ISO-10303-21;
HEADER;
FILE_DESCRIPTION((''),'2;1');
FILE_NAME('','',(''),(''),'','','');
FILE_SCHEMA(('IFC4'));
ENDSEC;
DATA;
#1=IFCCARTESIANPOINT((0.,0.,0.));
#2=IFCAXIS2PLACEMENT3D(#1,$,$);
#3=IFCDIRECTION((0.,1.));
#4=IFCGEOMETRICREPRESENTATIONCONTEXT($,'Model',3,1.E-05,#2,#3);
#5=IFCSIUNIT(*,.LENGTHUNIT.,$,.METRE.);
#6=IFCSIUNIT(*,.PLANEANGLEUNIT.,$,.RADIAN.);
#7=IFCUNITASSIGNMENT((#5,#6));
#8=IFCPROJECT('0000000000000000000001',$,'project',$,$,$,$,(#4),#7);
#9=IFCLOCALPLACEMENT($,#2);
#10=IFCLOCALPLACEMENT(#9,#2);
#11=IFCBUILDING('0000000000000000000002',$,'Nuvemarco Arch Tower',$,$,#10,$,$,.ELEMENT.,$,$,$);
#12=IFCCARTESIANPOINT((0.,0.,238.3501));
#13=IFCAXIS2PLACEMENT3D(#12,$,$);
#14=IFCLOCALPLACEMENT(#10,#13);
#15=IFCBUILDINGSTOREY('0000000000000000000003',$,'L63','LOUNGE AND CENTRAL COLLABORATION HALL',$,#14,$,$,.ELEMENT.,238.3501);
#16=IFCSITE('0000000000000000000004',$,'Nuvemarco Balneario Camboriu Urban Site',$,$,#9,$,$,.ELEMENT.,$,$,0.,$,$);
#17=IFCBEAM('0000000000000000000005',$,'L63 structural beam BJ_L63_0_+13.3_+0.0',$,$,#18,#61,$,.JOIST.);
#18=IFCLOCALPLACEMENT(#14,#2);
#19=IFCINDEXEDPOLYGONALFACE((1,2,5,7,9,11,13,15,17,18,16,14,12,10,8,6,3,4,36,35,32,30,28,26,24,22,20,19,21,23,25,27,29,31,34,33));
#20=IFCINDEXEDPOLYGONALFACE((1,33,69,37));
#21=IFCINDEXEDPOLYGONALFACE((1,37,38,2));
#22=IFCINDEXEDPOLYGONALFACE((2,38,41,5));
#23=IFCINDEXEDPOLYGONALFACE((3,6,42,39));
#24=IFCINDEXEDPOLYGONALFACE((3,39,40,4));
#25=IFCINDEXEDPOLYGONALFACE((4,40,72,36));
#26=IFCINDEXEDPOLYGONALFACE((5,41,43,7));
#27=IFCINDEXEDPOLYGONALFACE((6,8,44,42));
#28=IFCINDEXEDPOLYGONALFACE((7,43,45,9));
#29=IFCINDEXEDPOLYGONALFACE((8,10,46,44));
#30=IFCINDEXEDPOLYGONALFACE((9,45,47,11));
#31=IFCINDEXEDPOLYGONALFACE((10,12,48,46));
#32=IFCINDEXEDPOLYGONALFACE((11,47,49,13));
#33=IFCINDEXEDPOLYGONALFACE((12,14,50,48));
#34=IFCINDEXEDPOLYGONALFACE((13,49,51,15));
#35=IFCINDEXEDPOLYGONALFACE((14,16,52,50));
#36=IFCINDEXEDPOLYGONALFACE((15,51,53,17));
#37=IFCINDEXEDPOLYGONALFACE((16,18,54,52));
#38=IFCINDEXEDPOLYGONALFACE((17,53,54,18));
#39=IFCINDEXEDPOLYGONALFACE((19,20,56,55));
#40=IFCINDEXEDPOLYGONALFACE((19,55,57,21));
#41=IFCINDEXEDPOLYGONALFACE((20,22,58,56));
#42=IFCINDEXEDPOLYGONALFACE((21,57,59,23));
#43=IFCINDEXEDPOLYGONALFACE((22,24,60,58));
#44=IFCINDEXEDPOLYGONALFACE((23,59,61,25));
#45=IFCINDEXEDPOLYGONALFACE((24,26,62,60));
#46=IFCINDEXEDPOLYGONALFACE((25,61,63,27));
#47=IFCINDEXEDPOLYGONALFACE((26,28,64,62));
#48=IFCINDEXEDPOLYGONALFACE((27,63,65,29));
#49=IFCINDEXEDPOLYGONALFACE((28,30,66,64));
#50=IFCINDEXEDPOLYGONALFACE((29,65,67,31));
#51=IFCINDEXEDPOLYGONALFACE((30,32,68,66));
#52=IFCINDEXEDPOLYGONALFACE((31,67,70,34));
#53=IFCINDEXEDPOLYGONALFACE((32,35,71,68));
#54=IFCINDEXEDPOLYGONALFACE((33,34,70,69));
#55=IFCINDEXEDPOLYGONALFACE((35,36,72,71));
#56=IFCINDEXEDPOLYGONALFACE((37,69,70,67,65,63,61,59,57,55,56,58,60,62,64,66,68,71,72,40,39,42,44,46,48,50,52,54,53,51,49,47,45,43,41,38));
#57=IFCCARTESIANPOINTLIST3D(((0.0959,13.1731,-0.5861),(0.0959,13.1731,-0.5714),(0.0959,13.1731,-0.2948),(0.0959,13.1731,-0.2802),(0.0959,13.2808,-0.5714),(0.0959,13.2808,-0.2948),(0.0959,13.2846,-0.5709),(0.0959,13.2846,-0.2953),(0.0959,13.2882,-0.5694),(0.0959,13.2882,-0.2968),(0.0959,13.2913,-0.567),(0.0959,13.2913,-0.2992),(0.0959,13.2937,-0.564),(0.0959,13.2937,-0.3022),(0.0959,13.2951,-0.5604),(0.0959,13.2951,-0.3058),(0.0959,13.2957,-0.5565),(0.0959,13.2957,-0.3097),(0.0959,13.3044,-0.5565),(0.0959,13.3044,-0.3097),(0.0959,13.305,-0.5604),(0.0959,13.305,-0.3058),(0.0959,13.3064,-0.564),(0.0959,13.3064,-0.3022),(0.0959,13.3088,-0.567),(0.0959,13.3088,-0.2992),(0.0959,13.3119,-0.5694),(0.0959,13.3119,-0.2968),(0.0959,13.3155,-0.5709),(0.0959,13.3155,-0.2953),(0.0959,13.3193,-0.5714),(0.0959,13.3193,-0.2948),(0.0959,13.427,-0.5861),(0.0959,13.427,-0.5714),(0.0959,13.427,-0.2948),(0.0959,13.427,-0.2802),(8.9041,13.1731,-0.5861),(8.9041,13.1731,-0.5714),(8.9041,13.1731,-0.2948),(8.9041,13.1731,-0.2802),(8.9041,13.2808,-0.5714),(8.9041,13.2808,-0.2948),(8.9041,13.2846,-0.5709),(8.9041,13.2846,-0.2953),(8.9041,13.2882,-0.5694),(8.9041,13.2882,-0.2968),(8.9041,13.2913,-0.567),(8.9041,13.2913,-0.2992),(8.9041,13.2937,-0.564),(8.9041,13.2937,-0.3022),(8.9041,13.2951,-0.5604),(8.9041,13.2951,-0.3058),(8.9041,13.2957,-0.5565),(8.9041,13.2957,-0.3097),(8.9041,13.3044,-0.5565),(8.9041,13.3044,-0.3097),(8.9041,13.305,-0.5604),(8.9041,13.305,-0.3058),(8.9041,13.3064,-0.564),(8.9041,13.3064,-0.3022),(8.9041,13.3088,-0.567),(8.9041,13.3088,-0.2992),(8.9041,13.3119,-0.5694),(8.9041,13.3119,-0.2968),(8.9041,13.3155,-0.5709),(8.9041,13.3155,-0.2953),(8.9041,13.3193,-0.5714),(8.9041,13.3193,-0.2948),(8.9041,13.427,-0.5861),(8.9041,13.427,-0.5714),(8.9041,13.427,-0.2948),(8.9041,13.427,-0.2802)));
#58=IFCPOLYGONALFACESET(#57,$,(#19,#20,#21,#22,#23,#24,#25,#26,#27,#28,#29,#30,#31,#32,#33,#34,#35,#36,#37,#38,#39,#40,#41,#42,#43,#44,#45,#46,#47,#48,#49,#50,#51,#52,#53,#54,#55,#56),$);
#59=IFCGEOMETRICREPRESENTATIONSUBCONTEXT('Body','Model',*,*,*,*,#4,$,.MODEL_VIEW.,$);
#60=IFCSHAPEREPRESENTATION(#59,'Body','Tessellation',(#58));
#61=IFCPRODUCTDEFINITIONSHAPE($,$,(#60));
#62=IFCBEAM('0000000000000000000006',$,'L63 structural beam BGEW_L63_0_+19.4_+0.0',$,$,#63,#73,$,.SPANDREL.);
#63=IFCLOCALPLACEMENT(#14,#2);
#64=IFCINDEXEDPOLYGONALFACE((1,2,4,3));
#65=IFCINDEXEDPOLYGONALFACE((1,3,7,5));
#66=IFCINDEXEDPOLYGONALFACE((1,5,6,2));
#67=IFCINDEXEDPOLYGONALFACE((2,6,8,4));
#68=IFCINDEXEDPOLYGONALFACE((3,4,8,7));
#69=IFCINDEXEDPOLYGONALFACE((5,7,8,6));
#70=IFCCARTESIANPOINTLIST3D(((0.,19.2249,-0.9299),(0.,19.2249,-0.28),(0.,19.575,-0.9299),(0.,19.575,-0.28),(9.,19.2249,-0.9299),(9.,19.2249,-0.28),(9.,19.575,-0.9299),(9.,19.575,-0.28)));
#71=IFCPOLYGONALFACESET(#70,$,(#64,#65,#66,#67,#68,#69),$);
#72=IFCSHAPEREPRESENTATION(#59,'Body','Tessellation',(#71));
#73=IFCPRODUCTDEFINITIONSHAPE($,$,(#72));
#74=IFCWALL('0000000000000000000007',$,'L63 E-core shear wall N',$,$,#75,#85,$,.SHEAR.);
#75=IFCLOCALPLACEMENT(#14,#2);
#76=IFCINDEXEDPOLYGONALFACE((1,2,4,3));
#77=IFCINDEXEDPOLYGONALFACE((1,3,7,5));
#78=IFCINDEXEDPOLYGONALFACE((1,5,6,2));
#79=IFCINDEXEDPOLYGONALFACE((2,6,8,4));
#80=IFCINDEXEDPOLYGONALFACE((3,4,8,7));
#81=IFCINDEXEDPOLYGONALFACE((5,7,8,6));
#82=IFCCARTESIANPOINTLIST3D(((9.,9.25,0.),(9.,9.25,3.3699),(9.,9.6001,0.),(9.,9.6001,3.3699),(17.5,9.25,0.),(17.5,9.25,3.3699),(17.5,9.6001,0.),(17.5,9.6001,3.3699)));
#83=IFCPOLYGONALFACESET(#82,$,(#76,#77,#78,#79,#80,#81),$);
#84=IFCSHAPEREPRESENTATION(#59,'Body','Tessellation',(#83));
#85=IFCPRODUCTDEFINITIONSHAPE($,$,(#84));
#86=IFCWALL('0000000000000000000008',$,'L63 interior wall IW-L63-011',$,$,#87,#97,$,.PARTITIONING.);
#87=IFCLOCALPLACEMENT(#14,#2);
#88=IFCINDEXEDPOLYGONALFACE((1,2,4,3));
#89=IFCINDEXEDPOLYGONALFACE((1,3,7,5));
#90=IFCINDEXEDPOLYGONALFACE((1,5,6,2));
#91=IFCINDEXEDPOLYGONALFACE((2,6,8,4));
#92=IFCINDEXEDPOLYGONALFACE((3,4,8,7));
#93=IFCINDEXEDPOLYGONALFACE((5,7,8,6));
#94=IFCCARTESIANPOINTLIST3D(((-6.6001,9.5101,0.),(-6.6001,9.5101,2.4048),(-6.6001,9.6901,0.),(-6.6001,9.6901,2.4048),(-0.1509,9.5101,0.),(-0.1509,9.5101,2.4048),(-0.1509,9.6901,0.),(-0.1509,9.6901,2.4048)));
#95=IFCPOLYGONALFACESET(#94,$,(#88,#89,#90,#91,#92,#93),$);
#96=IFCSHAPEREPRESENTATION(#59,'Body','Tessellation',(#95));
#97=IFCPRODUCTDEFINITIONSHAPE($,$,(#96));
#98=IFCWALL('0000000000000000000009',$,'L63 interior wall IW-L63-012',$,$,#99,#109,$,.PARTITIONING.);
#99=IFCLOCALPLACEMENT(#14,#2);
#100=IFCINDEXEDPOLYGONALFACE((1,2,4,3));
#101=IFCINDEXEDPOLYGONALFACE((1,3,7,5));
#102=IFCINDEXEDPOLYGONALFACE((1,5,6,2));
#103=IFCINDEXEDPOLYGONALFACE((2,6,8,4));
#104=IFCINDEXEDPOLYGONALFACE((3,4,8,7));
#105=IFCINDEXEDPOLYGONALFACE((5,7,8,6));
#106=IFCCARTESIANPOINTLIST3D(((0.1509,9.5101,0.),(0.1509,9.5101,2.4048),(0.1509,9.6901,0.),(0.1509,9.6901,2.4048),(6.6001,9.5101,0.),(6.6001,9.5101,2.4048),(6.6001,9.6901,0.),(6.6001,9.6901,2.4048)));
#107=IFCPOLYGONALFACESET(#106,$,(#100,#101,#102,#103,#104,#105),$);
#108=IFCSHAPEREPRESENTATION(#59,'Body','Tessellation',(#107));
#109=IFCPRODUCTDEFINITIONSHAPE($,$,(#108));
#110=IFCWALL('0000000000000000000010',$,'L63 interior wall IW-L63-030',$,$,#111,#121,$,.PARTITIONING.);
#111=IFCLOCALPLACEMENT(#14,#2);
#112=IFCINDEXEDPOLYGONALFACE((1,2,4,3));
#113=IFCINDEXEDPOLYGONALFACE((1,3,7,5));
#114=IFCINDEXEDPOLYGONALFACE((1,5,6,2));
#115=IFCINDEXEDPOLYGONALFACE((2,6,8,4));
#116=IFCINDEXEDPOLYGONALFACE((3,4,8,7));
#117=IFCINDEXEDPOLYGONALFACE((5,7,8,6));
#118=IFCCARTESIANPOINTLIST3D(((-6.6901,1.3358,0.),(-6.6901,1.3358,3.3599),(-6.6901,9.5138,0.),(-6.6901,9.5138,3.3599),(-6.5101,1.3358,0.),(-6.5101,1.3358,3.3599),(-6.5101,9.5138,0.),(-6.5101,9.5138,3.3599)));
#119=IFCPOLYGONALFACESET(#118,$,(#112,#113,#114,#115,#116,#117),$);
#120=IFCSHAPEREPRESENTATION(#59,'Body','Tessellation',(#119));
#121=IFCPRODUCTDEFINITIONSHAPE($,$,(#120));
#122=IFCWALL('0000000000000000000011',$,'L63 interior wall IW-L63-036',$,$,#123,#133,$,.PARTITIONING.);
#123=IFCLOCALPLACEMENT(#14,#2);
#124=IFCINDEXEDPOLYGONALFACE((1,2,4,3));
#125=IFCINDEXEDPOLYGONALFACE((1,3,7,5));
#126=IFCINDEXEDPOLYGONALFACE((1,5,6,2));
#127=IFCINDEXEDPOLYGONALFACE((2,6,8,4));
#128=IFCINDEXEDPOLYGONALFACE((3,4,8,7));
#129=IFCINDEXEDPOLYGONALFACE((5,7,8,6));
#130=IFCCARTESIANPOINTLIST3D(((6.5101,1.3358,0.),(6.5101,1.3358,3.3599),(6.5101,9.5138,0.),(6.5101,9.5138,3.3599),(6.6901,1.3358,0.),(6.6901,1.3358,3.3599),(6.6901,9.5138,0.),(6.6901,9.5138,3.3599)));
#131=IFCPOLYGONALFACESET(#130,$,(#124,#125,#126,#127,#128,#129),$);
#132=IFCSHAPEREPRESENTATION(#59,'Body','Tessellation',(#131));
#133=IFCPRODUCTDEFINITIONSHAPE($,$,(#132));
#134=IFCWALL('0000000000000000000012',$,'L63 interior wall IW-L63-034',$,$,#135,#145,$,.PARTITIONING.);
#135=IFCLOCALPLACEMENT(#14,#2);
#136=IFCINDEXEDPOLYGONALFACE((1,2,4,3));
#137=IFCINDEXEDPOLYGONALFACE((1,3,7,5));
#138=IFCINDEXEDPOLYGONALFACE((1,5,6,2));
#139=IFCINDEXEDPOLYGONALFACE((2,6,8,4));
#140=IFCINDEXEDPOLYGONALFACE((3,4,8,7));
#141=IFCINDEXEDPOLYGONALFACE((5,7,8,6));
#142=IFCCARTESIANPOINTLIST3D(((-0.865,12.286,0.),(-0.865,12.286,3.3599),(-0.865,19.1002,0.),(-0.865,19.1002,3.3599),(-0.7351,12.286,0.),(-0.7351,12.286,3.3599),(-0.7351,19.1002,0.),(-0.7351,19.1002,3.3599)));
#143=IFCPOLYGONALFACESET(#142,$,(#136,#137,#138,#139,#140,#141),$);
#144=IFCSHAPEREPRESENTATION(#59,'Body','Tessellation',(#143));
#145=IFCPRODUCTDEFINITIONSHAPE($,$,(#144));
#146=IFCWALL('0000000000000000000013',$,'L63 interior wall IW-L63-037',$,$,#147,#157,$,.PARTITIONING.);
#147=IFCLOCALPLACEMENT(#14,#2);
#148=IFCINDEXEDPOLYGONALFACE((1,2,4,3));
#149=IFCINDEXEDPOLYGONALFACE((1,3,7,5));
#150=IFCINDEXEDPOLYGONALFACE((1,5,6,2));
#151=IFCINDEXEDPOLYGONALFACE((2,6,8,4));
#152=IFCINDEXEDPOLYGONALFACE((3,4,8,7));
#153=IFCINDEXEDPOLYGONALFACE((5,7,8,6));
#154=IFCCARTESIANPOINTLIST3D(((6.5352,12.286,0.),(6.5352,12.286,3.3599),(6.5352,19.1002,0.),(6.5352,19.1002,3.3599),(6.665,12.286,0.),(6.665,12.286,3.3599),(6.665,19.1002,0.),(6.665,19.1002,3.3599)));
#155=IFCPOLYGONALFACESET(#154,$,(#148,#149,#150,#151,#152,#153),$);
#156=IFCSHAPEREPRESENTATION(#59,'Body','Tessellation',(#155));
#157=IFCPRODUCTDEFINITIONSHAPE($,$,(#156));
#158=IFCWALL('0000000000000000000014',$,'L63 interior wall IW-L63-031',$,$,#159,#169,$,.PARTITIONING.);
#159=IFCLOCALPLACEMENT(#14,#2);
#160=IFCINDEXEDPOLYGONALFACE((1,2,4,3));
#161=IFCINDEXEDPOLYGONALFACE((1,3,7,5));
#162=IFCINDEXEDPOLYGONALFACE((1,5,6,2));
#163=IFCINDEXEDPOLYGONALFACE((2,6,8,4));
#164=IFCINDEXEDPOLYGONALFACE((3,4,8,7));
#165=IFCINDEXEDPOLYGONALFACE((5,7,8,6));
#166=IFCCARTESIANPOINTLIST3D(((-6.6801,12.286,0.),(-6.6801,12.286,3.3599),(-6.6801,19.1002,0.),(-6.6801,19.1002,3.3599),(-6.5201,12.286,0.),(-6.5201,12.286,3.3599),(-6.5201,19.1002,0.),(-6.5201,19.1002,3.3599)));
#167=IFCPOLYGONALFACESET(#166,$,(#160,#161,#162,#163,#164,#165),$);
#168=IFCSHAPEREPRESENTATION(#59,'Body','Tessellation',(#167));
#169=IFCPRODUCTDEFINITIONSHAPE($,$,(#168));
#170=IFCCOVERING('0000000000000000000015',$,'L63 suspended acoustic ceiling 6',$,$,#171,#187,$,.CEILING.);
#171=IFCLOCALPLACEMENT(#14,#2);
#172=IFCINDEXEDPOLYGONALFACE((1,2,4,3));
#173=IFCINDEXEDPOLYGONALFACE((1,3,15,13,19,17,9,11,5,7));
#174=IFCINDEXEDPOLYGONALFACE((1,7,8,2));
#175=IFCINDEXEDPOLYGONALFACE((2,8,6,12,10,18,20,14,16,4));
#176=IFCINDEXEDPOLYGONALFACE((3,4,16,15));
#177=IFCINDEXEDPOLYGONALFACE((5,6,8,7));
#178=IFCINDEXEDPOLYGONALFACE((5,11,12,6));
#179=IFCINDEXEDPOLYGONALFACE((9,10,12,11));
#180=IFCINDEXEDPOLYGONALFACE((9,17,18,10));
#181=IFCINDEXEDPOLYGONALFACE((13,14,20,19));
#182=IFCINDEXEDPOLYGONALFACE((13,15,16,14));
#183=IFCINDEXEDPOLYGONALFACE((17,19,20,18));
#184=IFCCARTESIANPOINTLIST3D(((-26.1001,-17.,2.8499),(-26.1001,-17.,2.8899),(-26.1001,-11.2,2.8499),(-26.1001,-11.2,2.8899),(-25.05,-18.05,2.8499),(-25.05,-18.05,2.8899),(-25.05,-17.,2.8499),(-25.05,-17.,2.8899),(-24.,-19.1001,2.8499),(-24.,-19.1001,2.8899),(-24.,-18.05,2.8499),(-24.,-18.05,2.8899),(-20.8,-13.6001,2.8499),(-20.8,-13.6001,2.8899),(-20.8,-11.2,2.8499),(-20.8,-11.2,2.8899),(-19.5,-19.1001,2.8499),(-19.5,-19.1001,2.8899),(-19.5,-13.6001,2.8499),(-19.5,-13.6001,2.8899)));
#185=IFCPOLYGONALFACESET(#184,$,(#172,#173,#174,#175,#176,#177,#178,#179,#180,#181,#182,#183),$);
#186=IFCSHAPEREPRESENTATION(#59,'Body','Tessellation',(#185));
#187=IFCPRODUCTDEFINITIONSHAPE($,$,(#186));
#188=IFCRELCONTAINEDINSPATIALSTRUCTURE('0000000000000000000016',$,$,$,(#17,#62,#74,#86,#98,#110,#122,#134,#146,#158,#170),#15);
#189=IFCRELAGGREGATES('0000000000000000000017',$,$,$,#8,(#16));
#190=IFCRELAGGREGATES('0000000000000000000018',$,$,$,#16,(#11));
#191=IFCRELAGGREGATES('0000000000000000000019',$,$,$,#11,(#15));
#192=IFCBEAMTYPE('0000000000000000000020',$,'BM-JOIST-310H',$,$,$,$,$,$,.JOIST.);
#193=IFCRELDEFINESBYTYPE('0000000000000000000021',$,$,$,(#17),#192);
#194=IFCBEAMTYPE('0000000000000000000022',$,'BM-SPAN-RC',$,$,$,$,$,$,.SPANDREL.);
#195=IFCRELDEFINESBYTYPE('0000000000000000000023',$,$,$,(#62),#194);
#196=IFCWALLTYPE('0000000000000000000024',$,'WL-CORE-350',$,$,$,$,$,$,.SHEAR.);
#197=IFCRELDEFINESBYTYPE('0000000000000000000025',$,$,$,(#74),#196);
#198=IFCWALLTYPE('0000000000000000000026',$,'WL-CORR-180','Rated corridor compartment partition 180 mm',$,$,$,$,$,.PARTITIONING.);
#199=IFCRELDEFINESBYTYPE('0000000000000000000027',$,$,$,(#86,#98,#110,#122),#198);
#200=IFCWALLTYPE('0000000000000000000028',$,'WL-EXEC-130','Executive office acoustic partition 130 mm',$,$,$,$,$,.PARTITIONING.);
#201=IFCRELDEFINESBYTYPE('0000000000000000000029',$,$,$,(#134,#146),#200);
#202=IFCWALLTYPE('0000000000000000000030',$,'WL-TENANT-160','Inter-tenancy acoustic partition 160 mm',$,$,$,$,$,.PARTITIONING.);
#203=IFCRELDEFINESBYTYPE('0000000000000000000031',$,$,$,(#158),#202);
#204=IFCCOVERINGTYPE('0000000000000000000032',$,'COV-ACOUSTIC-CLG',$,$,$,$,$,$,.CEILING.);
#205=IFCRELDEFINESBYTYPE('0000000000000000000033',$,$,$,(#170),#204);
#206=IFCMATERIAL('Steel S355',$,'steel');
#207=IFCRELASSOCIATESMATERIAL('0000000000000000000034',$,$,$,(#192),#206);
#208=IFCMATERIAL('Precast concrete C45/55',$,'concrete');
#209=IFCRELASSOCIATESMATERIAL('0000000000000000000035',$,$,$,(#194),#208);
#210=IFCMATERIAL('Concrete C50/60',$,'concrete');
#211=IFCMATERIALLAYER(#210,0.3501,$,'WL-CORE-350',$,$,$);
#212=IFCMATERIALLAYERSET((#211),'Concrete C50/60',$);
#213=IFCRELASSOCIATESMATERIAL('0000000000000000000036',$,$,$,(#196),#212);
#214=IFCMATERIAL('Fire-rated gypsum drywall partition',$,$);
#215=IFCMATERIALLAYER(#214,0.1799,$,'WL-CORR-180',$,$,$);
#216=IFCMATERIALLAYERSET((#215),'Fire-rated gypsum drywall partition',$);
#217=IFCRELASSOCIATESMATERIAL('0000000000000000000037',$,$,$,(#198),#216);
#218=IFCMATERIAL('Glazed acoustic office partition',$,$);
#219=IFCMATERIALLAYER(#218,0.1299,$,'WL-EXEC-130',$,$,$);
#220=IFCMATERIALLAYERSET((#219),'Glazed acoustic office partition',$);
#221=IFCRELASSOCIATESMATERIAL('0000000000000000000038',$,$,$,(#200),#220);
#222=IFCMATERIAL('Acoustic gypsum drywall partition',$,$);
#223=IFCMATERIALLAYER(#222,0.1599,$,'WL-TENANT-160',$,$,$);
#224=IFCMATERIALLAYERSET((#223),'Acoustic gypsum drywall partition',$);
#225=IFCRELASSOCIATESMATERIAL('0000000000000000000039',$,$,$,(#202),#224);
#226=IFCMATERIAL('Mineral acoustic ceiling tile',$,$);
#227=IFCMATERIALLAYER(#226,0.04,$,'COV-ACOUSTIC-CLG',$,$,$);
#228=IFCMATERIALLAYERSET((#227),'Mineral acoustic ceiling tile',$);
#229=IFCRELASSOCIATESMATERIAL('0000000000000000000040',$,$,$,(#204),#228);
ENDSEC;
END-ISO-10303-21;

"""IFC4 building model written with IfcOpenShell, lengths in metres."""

from ifc_helpers import new_model, si_unit, direction, frame, frame_2d, origin, origin_2d, place, context, subcontext, project, spatial, polyline, rectangle, i_section, outline, extrude, material, layer, layer_set, material_profile, profile_set, type_object, element, save


model = new_model("IFC4")

# Units and contexts
model_context = context("Model", 3, precision=1e-05, world=origin(), true_north=direction((0.0, 1.0)))
body_context = subcontext(model_context, "Body", "Model", "MODEL_VIEW")
ifc_project = project(units=[si_unit("LENGTHUNIT", "METRE"), si_unit("PLANEANGLEUNIT", "RADIAN")], contexts=[model_context])

# Site, building, storey
site_placement = place(None, origin())
site = spatial("IfcSite", under=ifc_project, at=site_placement, Name="Nuvemarco Balneario Camboriu Urban Site", CompositionType="ELEMENT", RefElevation=0.0)
building_placement = place(site_placement, origin())
building = spatial("IfcBuilding", under=site, at=building_placement, Name="Nuvemarco Arch Tower", CompositionType="ELEMENT")
storey_placement = place(building_placement, frame((0.0, 0.0, 238.3501)))
storey = spatial("IfcBuildingStorey", under=building, at=storey_placement, Name="L63", Description="LOUNGE AND CENTRAL COLLABORATION HALL", CompositionType="ELEMENT", Elevation=238.3501)

# Shared definitions
ifc_material_1 = material(Name="Concrete C50/60", Category="concrete")
ifc_material_2 = material(Name="Steel S355", Category="steel")

# Beams
ifc_material_profile_1 = material_profile(ifc_material_2, i_section(OverallWidth=0.2539, OverallDepth=0.3059, WebThickness=0.0088, FlangeThickness=0.0146, FilletRadius=0.0149, at=origin_2d()), Name="W310x79")
ifc_profile_set_1 = profile_set([ifc_material_profile_1], Name="Steel S355")
beam_type_1 = type_object("IfcBeamType", Name="BM-JOIST-310H", PredefinedType="JOIST", material=ifc_profile_set_1)
beam_1_placement = place(storey_placement, frame((0.0959, 13.3, -0.4331), z_axis=(1.0, 0.0, 0.0), x_axis=(0.0, 1.0, 0.0)))
element("IfcBeam", 1, at=beam_1_placement, inside=storey, type_object=beam_type_1, Name="L63 structural beam BJ_L63_0_+13.3_+0.0", PredefinedType="JOIST", context=body_context, shape_type="SweptSolid", body=[
    extrude(i_section(OverallWidth=0.2539, OverallDepth=0.3059, WebThickness=0.0088, FlangeThickness=0.0146, FilletRadius=0.0149, at=origin_2d()), origin(), (0.0, 0.0, 1.0), 8.8081),
])
ifc_material_3 = material(Name="Precast concrete C45/55", Category="concrete")
ifc_material_profile_2 = material_profile(ifc_material_3, rectangle(XDim=0.3501, YDim=0.6499, at=origin_2d()), Name="PC-SP-350x650")
ifc_profile_set_2 = profile_set([ifc_material_profile_2], Name="Precast concrete C45/55")
beam_type_2 = type_object("IfcBeamType", Name="BM-SPAN-RC", PredefinedType="SPANDREL", material=ifc_profile_set_2)
beam_2_placement = place(storey_placement, frame((0.0, 19.3999, -0.605), z_axis=(1.0, 0.0, 0.0), x_axis=(0.0, 1.0, 0.0)))
element("IfcBeam", 2, at=beam_2_placement, inside=storey, type_object=beam_type_2, Name="L63 structural beam BGEW_L63_0_+19.4_+0.0", PredefinedType="SPANDREL", context=body_context, shape_type="SweptSolid", body=[
    extrude(rectangle(XDim=0.3501, YDim=0.6499, at=origin_2d()), origin(), (0.0, 0.0, 1.0), 9.0),
])

# Walls
ifc_layer_1 = layer(ifc_material_1, 0.3501, Name="WL-CORE-350")
ifc_layer_set_1 = layer_set([ifc_layer_1], Name="Concrete C50/60")
wall_type_1 = type_object("IfcWallType", Name="WL-CORE-350", PredefinedType="SHEAR", material=ifc_layer_set_1)
wall_1_placement = place(storey_placement, frame((9.0, 9.425, 0.0), z_axis=(0.0, 0.0, 1.0), x_axis=(1.0, 0.0, 0.0)))
element("IfcWall", 3, at=wall_1_placement, inside=storey, type_object=wall_type_1, Name="L63 E-core shear wall N", PredefinedType="SHEAR", context=body_context, shape_type="SweptSolid", body=[
    extrude(rectangle(XDim=8.5, YDim=0.3501, at=frame_2d((4.25, 0.0))), origin(), (0.0, 0.0, 1.0), 3.3699),
])
ifc_material_4 = material(Name="Fire-rated gypsum drywall partition")
ifc_layer_2 = layer(ifc_material_4, 0.1799, Name="WL-CORR-180")
ifc_layer_set_2 = layer_set([ifc_layer_2], Name="Fire-rated gypsum drywall partition")
wall_type_2 = type_object("IfcWallType", Name="WL-CORR-180", Description="Rated corridor compartment partition 180 mm", PredefinedType="PARTITIONING", material=ifc_layer_set_2)
for number, where, z_axis, x_axis, name in (
    (4, (-6.6001, 9.6001, 0.0), (0.0, 0.0, 1.0), (1.0, 0.0, 0.0), "L63 interior wall IW-L63-011"),
    (5, (0.1509, 9.6001, 0.0), (0.0, 0.0, 1.0), (1.0, 0.0, 0.0), "L63 interior wall IW-L63-012"),
):
    element("IfcWall", number, at=place(storey_placement, frame(where, z_axis=z_axis, x_axis=x_axis)), inside=storey, type_object=wall_type_2, Name=name, PredefinedType="PARTITIONING", context=body_context, shape_type="SweptSolid", body=[
        extrude(rectangle(XDim=6.4492, YDim=0.1799, at=frame_2d((3.2246, 0.0))), origin(), (0.0, 0.0, 1.0), 2.4048),
    ])
for number, where, z_axis, x_axis, name in (
    (6, (-6.6001, 1.3359, 0.0), (0.0, 0.0, 1.0), (0.0, 1.0, 0.0), "L63 interior wall IW-L63-030"),
    (7, (6.6001, 1.3359, 0.0), (0.0, 0.0, 1.0), (0.0, 1.0, 0.0), "L63 interior wall IW-L63-036"),
):
    element("IfcWall", number, at=place(storey_placement, frame(where, z_axis=z_axis, x_axis=x_axis)), inside=storey, type_object=wall_type_2, Name=name, PredefinedType="PARTITIONING", context=body_context, shape_type="SweptSolid", body=[
        extrude(rectangle(XDim=8.178, YDim=0.1799, at=frame_2d((4.0889, 0.0))), origin(), (0.0, 0.0, 1.0), 3.3599),
    ])
ifc_material_5 = material(Name="Glazed acoustic office partition")
ifc_layer_3 = layer(ifc_material_5, 0.1299, Name="WL-EXEC-130")
ifc_layer_set_3 = layer_set([ifc_layer_3], Name="Glazed acoustic office partition")
wall_type_3 = type_object("IfcWallType", Name="WL-EXEC-130", Description="Executive office acoustic partition 130 mm", PredefinedType="PARTITIONING", material=ifc_layer_set_3)
for number, where, z_axis, x_axis, name in (
    (8, (-0.8, 12.2859, 0.0), (0.0, 0.0, 1.0), (0.0, 1.0, 0.0), "L63 interior wall IW-L63-034"),
    (9, (6.6001, 12.2859, 0.0), (0.0, 0.0, 1.0), (0.0, 1.0, 0.0), "L63 interior wall IW-L63-037"),
):
    element("IfcWall", number, at=place(storey_placement, frame(where, z_axis=z_axis, x_axis=x_axis)), inside=storey, type_object=wall_type_3, Name=name, PredefinedType="PARTITIONING", context=body_context, shape_type="SweptSolid", body=[
        extrude(rectangle(XDim=6.8142, YDim=0.1299, at=frame_2d((3.4072, 0.0))), origin(), (0.0, 0.0, 1.0), 3.3599),
    ])
ifc_material_6 = material(Name="Acoustic gypsum drywall partition")
ifc_layer_4 = layer(ifc_material_6, 0.1599, Name="WL-TENANT-160")
ifc_layer_set_4 = layer_set([ifc_layer_4], Name="Acoustic gypsum drywall partition")
wall_type_4 = type_object("IfcWallType", Name="WL-TENANT-160", Description="Inter-tenancy acoustic partition 160 mm", PredefinedType="PARTITIONING", material=ifc_layer_set_4)
wall_2_placement = place(storey_placement, frame((-6.6001, 12.2859, 0.0), z_axis=(0.0, 0.0, 1.0), x_axis=(0.0, 1.0, 0.0)))
element("IfcWall", 10, at=wall_2_placement, inside=storey, type_object=wall_type_4, Name="L63 interior wall IW-L63-031", PredefinedType="PARTITIONING", context=body_context, shape_type="SweptSolid", body=[
    extrude(rectangle(XDim=6.8142, YDim=0.1599, at=frame_2d((3.4072, 0.0))), origin(), (0.0, 0.0, 1.0), 3.3599),
])

# Covering
ifc_material_7 = material(Name="Mineral acoustic ceiling tile")
ifc_layer_5 = layer(ifc_material_7, 0.04, Name="COV-ACOUSTIC-CLG")
ifc_layer_set_5 = layer_set([ifc_layer_5], Name="Mineral acoustic ceiling tile")
covering_type_1 = type_object("IfcCoveringType", Name="COV-ACOUSTIC-CLG", PredefinedType="CEILING", material=ifc_layer_set_5)
covering_1_placement = place(storey_placement, frame((0.0, 0.0, 2.8499)))
element("IfcCovering", 11, at=covering_1_placement, inside=storey, type_object=covering_type_1, Name="L63 suspended acoustic ceiling 6", PredefinedType="CEILING", context=body_context, shape_type="SweptSolid", body=[
    extrude(outline(polyline([(-26.1001, -17.0), (-26.1001, -11.2), (-20.8, -11.2), (-20.8, -13.6001), (-19.5, -13.6001), (-19.5, -19.1001), (-24.0, -19.1001), (-24.0, -18.05), (-25.05, -18.05), (-25.05, -17.0), (-26.1001, -17.0)])), origin(), (0.0, 0.0, 1.0), 0.04),
])

save(model, "model.ifc")
